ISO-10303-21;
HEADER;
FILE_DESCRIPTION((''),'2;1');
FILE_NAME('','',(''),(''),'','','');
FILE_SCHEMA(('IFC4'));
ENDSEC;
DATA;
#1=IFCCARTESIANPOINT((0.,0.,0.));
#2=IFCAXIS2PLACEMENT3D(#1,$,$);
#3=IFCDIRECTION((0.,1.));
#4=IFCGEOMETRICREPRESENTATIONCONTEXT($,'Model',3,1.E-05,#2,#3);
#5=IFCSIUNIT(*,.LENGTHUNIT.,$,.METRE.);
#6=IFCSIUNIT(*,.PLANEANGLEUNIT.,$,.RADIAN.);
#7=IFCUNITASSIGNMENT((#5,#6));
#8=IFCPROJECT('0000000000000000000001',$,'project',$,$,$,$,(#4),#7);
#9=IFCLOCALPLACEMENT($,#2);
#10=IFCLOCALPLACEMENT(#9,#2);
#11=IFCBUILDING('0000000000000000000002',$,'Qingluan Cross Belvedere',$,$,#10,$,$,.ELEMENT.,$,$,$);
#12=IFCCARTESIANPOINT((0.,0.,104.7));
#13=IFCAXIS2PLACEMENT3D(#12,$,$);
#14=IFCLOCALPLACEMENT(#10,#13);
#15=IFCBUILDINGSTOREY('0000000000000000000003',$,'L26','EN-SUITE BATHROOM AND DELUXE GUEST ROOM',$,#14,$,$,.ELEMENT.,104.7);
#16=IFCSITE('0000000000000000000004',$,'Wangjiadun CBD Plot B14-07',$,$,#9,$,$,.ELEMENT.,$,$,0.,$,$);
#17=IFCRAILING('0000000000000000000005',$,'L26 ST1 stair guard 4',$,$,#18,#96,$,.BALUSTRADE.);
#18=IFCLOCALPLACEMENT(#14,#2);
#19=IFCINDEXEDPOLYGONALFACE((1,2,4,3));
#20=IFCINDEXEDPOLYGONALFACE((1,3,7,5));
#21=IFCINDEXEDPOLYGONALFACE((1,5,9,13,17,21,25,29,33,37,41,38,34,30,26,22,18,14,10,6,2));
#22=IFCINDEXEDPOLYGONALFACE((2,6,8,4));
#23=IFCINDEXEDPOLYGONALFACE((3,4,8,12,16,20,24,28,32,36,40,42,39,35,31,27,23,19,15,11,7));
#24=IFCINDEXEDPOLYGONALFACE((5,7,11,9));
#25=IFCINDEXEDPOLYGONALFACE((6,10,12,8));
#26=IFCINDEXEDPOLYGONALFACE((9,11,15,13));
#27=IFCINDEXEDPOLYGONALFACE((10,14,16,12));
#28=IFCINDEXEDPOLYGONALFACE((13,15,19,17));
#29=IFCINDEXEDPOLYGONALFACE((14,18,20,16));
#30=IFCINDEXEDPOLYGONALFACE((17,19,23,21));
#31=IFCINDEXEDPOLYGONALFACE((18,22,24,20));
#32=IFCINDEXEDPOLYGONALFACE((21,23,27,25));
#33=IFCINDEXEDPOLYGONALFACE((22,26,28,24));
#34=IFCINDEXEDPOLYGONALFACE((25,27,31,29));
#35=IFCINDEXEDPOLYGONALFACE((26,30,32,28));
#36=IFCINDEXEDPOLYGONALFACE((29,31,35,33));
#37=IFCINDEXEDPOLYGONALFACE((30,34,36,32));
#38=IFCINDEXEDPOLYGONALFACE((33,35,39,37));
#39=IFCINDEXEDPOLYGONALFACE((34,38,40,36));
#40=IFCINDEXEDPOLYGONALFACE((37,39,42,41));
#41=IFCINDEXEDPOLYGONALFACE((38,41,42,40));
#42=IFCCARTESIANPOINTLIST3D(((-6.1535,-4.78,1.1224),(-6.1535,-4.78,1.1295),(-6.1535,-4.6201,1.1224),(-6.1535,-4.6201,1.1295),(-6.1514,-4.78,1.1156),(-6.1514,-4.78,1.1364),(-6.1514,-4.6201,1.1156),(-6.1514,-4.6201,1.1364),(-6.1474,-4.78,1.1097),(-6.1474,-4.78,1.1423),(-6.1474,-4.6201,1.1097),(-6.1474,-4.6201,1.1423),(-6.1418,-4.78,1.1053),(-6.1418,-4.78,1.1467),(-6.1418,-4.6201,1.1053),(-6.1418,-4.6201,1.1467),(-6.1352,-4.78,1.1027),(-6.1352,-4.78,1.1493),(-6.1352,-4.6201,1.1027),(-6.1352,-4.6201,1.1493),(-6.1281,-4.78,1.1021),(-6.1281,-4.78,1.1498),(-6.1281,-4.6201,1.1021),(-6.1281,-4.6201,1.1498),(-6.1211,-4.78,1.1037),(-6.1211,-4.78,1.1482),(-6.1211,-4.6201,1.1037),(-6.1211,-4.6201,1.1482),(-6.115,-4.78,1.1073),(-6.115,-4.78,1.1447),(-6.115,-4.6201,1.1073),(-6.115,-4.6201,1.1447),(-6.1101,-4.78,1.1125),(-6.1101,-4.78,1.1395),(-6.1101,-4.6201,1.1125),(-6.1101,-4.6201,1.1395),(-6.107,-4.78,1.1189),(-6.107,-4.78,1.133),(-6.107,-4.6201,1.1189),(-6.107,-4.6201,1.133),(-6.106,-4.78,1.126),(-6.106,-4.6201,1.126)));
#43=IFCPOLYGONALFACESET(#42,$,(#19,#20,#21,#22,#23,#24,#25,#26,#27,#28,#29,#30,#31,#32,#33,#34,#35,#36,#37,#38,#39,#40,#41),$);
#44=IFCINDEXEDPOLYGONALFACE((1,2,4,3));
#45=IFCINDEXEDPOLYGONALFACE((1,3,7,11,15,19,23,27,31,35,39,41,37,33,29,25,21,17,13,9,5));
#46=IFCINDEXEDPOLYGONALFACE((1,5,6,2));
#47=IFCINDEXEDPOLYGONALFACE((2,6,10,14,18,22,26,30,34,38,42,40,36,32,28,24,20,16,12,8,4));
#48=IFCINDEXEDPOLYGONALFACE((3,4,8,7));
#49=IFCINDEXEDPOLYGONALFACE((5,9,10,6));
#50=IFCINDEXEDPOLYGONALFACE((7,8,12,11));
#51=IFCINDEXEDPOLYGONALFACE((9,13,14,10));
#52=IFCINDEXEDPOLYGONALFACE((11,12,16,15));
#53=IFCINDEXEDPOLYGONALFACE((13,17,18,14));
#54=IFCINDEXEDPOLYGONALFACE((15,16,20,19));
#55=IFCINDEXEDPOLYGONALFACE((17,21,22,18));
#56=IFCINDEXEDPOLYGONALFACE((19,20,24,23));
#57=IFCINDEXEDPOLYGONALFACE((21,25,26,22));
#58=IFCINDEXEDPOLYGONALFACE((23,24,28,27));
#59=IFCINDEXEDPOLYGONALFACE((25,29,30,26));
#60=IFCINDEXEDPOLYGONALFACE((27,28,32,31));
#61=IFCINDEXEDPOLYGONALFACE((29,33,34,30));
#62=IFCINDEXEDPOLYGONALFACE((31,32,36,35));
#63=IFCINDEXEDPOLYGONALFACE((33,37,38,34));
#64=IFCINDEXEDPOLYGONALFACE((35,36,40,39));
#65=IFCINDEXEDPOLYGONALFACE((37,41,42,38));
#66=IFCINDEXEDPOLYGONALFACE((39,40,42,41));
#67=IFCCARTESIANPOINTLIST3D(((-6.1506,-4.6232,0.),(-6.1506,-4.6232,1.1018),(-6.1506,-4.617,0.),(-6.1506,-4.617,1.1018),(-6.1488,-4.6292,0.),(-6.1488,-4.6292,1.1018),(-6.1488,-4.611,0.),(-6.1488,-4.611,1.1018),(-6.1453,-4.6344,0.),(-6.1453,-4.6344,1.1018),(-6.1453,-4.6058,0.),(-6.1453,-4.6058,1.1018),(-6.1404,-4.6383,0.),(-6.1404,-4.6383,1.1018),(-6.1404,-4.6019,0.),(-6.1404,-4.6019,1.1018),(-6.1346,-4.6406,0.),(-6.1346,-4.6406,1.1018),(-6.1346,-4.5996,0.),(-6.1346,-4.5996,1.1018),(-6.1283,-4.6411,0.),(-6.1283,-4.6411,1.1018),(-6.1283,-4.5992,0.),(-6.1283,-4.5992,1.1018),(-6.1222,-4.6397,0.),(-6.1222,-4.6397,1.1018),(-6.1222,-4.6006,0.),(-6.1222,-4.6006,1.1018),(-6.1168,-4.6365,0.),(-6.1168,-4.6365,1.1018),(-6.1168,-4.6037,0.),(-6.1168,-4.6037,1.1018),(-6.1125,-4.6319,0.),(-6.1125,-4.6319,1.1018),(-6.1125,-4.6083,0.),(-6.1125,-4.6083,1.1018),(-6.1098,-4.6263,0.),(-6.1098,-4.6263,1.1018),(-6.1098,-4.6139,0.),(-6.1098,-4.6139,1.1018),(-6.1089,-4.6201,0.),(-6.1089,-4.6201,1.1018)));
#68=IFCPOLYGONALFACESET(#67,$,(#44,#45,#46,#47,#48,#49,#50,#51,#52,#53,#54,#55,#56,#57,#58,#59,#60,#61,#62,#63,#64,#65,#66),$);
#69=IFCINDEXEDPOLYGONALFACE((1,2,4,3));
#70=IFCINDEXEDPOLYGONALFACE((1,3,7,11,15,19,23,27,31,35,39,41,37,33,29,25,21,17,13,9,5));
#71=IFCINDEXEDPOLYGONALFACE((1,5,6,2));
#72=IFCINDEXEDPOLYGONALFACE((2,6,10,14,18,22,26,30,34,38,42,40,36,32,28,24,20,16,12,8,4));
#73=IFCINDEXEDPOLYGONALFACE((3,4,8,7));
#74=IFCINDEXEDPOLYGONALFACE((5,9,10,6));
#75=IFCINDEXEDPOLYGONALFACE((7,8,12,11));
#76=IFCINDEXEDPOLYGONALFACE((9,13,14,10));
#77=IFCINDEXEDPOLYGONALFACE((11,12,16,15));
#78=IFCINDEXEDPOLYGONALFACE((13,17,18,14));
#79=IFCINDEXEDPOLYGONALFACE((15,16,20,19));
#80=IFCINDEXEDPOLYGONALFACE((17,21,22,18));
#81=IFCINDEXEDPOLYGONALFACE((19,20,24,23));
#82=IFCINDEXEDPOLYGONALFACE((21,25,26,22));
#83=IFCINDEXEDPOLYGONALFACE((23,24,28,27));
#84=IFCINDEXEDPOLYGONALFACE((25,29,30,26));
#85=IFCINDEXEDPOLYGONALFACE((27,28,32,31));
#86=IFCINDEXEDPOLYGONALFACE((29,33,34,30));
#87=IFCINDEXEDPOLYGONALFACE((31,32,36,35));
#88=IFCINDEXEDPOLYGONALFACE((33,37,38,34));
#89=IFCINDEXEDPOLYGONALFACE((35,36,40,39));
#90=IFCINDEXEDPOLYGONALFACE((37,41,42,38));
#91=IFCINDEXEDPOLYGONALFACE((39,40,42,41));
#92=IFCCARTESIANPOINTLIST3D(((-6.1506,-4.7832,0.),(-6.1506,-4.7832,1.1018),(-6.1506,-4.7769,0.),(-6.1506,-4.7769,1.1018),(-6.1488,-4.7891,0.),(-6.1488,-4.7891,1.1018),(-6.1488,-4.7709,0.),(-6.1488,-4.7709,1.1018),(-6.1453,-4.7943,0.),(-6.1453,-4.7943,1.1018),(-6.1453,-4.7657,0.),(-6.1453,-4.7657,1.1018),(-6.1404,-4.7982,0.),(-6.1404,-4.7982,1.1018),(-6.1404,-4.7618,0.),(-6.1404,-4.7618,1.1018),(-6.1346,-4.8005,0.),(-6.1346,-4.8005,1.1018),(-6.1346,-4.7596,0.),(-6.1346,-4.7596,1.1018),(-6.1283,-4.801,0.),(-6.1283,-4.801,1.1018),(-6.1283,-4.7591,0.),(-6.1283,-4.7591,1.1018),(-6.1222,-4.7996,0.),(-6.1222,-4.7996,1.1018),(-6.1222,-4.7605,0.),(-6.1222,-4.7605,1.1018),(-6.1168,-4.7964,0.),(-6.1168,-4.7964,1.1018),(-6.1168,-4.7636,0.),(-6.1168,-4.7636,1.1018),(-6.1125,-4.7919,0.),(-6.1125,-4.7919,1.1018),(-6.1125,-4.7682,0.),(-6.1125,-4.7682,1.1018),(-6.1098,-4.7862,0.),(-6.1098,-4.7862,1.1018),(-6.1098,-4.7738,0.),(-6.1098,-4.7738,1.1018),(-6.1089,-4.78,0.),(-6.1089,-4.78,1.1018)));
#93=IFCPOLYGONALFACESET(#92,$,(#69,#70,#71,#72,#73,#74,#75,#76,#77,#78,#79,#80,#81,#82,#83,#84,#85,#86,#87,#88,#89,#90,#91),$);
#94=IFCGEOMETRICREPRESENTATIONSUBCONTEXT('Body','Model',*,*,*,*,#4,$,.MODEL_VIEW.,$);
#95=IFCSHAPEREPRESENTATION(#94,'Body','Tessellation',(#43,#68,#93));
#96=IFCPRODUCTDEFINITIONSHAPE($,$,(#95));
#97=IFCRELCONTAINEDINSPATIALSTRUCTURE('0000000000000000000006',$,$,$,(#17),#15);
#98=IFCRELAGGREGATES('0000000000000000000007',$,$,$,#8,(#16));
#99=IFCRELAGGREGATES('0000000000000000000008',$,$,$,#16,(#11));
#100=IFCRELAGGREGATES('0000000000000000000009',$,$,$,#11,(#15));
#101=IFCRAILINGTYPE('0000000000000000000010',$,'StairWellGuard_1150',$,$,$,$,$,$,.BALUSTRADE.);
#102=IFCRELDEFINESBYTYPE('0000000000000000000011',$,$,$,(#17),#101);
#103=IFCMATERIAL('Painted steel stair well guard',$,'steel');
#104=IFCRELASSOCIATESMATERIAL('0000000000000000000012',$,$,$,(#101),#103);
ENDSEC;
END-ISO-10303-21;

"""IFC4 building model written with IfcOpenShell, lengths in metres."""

from ifc_helpers import new_model, si_unit, direction, frame, origin, origin_2d, place, context, subcontext, project, spatial, circle, extrude, material, type_object, element, save


model = new_model("IFC4")

# Units and contexts
model_context = context("Model", 3, precision=1e-05, world=origin(), true_north=direction((0.0, 1.0)))
body_context = subcontext(model_context, "Body", "Model", "MODEL_VIEW")
ifc_project = project(units=[si_unit("LENGTHUNIT", "METRE"), si_unit("PLANEANGLEUNIT", "RADIAN")], contexts=[model_context])

# Site, building, storey
site_placement = place(None, origin())
site = spatial("IfcSite", under=ifc_project, at=site_placement, Name="Wangjiadun CBD Plot B14-07", CompositionType="ELEMENT", RefElevation=0.0)
building_placement = place(site_placement, origin())
building = spatial("IfcBuilding", under=site, at=building_placement, Name="Qingluan Cross Belvedere", CompositionType="ELEMENT")
storey_placement = place(building_placement, frame((0.0, 0.0, 104.7)))
storey = spatial("IfcBuildingStorey", under=building, at=storey_placement, Name="L26", Description="EN-SUITE BATHROOM AND DELUXE GUEST ROOM", CompositionType="ELEMENT", Elevation=104.7)

# Railing
ifc_material_1 = material(Name="Painted steel stair well guard", Category="steel")
railing_type_1 = type_object("IfcRailingType", Name="StairWellGuard_1150", PredefinedType="BALUSTRADE", material=ifc_material_1)
railing_1_placement = place(storey_placement, frame((-6.1299, -4.6201, 0.0)))
element("IfcRailing", 1, at=railing_1_placement, inside=storey, type_object=railing_type_1, Name="L26 ST1 stair guard 4", PredefinedType="BALUSTRADE", context=body_context, shape_type="SweptSolid", body=[
    extrude(circle(Radius=0.0239, at=origin_2d()), frame((0.0, 0.0, 1.126), z_axis=(0.0, -1.0, 0.0), x_axis=(1.0, 0.0, 0.0)), (0.0, 0.0, 1.0), 0.1599),
    extrude(circle(Radius=0.021, at=origin_2d()), origin(), (0.0, 0.0, 1.0), 1.1018),
    extrude(circle(Radius=0.021, at=origin_2d()), frame((0.0, -0.1599, 0.0)), (0.0, 0.0, 1.0), 1.1018),
])

save(model, "model.ifc")
